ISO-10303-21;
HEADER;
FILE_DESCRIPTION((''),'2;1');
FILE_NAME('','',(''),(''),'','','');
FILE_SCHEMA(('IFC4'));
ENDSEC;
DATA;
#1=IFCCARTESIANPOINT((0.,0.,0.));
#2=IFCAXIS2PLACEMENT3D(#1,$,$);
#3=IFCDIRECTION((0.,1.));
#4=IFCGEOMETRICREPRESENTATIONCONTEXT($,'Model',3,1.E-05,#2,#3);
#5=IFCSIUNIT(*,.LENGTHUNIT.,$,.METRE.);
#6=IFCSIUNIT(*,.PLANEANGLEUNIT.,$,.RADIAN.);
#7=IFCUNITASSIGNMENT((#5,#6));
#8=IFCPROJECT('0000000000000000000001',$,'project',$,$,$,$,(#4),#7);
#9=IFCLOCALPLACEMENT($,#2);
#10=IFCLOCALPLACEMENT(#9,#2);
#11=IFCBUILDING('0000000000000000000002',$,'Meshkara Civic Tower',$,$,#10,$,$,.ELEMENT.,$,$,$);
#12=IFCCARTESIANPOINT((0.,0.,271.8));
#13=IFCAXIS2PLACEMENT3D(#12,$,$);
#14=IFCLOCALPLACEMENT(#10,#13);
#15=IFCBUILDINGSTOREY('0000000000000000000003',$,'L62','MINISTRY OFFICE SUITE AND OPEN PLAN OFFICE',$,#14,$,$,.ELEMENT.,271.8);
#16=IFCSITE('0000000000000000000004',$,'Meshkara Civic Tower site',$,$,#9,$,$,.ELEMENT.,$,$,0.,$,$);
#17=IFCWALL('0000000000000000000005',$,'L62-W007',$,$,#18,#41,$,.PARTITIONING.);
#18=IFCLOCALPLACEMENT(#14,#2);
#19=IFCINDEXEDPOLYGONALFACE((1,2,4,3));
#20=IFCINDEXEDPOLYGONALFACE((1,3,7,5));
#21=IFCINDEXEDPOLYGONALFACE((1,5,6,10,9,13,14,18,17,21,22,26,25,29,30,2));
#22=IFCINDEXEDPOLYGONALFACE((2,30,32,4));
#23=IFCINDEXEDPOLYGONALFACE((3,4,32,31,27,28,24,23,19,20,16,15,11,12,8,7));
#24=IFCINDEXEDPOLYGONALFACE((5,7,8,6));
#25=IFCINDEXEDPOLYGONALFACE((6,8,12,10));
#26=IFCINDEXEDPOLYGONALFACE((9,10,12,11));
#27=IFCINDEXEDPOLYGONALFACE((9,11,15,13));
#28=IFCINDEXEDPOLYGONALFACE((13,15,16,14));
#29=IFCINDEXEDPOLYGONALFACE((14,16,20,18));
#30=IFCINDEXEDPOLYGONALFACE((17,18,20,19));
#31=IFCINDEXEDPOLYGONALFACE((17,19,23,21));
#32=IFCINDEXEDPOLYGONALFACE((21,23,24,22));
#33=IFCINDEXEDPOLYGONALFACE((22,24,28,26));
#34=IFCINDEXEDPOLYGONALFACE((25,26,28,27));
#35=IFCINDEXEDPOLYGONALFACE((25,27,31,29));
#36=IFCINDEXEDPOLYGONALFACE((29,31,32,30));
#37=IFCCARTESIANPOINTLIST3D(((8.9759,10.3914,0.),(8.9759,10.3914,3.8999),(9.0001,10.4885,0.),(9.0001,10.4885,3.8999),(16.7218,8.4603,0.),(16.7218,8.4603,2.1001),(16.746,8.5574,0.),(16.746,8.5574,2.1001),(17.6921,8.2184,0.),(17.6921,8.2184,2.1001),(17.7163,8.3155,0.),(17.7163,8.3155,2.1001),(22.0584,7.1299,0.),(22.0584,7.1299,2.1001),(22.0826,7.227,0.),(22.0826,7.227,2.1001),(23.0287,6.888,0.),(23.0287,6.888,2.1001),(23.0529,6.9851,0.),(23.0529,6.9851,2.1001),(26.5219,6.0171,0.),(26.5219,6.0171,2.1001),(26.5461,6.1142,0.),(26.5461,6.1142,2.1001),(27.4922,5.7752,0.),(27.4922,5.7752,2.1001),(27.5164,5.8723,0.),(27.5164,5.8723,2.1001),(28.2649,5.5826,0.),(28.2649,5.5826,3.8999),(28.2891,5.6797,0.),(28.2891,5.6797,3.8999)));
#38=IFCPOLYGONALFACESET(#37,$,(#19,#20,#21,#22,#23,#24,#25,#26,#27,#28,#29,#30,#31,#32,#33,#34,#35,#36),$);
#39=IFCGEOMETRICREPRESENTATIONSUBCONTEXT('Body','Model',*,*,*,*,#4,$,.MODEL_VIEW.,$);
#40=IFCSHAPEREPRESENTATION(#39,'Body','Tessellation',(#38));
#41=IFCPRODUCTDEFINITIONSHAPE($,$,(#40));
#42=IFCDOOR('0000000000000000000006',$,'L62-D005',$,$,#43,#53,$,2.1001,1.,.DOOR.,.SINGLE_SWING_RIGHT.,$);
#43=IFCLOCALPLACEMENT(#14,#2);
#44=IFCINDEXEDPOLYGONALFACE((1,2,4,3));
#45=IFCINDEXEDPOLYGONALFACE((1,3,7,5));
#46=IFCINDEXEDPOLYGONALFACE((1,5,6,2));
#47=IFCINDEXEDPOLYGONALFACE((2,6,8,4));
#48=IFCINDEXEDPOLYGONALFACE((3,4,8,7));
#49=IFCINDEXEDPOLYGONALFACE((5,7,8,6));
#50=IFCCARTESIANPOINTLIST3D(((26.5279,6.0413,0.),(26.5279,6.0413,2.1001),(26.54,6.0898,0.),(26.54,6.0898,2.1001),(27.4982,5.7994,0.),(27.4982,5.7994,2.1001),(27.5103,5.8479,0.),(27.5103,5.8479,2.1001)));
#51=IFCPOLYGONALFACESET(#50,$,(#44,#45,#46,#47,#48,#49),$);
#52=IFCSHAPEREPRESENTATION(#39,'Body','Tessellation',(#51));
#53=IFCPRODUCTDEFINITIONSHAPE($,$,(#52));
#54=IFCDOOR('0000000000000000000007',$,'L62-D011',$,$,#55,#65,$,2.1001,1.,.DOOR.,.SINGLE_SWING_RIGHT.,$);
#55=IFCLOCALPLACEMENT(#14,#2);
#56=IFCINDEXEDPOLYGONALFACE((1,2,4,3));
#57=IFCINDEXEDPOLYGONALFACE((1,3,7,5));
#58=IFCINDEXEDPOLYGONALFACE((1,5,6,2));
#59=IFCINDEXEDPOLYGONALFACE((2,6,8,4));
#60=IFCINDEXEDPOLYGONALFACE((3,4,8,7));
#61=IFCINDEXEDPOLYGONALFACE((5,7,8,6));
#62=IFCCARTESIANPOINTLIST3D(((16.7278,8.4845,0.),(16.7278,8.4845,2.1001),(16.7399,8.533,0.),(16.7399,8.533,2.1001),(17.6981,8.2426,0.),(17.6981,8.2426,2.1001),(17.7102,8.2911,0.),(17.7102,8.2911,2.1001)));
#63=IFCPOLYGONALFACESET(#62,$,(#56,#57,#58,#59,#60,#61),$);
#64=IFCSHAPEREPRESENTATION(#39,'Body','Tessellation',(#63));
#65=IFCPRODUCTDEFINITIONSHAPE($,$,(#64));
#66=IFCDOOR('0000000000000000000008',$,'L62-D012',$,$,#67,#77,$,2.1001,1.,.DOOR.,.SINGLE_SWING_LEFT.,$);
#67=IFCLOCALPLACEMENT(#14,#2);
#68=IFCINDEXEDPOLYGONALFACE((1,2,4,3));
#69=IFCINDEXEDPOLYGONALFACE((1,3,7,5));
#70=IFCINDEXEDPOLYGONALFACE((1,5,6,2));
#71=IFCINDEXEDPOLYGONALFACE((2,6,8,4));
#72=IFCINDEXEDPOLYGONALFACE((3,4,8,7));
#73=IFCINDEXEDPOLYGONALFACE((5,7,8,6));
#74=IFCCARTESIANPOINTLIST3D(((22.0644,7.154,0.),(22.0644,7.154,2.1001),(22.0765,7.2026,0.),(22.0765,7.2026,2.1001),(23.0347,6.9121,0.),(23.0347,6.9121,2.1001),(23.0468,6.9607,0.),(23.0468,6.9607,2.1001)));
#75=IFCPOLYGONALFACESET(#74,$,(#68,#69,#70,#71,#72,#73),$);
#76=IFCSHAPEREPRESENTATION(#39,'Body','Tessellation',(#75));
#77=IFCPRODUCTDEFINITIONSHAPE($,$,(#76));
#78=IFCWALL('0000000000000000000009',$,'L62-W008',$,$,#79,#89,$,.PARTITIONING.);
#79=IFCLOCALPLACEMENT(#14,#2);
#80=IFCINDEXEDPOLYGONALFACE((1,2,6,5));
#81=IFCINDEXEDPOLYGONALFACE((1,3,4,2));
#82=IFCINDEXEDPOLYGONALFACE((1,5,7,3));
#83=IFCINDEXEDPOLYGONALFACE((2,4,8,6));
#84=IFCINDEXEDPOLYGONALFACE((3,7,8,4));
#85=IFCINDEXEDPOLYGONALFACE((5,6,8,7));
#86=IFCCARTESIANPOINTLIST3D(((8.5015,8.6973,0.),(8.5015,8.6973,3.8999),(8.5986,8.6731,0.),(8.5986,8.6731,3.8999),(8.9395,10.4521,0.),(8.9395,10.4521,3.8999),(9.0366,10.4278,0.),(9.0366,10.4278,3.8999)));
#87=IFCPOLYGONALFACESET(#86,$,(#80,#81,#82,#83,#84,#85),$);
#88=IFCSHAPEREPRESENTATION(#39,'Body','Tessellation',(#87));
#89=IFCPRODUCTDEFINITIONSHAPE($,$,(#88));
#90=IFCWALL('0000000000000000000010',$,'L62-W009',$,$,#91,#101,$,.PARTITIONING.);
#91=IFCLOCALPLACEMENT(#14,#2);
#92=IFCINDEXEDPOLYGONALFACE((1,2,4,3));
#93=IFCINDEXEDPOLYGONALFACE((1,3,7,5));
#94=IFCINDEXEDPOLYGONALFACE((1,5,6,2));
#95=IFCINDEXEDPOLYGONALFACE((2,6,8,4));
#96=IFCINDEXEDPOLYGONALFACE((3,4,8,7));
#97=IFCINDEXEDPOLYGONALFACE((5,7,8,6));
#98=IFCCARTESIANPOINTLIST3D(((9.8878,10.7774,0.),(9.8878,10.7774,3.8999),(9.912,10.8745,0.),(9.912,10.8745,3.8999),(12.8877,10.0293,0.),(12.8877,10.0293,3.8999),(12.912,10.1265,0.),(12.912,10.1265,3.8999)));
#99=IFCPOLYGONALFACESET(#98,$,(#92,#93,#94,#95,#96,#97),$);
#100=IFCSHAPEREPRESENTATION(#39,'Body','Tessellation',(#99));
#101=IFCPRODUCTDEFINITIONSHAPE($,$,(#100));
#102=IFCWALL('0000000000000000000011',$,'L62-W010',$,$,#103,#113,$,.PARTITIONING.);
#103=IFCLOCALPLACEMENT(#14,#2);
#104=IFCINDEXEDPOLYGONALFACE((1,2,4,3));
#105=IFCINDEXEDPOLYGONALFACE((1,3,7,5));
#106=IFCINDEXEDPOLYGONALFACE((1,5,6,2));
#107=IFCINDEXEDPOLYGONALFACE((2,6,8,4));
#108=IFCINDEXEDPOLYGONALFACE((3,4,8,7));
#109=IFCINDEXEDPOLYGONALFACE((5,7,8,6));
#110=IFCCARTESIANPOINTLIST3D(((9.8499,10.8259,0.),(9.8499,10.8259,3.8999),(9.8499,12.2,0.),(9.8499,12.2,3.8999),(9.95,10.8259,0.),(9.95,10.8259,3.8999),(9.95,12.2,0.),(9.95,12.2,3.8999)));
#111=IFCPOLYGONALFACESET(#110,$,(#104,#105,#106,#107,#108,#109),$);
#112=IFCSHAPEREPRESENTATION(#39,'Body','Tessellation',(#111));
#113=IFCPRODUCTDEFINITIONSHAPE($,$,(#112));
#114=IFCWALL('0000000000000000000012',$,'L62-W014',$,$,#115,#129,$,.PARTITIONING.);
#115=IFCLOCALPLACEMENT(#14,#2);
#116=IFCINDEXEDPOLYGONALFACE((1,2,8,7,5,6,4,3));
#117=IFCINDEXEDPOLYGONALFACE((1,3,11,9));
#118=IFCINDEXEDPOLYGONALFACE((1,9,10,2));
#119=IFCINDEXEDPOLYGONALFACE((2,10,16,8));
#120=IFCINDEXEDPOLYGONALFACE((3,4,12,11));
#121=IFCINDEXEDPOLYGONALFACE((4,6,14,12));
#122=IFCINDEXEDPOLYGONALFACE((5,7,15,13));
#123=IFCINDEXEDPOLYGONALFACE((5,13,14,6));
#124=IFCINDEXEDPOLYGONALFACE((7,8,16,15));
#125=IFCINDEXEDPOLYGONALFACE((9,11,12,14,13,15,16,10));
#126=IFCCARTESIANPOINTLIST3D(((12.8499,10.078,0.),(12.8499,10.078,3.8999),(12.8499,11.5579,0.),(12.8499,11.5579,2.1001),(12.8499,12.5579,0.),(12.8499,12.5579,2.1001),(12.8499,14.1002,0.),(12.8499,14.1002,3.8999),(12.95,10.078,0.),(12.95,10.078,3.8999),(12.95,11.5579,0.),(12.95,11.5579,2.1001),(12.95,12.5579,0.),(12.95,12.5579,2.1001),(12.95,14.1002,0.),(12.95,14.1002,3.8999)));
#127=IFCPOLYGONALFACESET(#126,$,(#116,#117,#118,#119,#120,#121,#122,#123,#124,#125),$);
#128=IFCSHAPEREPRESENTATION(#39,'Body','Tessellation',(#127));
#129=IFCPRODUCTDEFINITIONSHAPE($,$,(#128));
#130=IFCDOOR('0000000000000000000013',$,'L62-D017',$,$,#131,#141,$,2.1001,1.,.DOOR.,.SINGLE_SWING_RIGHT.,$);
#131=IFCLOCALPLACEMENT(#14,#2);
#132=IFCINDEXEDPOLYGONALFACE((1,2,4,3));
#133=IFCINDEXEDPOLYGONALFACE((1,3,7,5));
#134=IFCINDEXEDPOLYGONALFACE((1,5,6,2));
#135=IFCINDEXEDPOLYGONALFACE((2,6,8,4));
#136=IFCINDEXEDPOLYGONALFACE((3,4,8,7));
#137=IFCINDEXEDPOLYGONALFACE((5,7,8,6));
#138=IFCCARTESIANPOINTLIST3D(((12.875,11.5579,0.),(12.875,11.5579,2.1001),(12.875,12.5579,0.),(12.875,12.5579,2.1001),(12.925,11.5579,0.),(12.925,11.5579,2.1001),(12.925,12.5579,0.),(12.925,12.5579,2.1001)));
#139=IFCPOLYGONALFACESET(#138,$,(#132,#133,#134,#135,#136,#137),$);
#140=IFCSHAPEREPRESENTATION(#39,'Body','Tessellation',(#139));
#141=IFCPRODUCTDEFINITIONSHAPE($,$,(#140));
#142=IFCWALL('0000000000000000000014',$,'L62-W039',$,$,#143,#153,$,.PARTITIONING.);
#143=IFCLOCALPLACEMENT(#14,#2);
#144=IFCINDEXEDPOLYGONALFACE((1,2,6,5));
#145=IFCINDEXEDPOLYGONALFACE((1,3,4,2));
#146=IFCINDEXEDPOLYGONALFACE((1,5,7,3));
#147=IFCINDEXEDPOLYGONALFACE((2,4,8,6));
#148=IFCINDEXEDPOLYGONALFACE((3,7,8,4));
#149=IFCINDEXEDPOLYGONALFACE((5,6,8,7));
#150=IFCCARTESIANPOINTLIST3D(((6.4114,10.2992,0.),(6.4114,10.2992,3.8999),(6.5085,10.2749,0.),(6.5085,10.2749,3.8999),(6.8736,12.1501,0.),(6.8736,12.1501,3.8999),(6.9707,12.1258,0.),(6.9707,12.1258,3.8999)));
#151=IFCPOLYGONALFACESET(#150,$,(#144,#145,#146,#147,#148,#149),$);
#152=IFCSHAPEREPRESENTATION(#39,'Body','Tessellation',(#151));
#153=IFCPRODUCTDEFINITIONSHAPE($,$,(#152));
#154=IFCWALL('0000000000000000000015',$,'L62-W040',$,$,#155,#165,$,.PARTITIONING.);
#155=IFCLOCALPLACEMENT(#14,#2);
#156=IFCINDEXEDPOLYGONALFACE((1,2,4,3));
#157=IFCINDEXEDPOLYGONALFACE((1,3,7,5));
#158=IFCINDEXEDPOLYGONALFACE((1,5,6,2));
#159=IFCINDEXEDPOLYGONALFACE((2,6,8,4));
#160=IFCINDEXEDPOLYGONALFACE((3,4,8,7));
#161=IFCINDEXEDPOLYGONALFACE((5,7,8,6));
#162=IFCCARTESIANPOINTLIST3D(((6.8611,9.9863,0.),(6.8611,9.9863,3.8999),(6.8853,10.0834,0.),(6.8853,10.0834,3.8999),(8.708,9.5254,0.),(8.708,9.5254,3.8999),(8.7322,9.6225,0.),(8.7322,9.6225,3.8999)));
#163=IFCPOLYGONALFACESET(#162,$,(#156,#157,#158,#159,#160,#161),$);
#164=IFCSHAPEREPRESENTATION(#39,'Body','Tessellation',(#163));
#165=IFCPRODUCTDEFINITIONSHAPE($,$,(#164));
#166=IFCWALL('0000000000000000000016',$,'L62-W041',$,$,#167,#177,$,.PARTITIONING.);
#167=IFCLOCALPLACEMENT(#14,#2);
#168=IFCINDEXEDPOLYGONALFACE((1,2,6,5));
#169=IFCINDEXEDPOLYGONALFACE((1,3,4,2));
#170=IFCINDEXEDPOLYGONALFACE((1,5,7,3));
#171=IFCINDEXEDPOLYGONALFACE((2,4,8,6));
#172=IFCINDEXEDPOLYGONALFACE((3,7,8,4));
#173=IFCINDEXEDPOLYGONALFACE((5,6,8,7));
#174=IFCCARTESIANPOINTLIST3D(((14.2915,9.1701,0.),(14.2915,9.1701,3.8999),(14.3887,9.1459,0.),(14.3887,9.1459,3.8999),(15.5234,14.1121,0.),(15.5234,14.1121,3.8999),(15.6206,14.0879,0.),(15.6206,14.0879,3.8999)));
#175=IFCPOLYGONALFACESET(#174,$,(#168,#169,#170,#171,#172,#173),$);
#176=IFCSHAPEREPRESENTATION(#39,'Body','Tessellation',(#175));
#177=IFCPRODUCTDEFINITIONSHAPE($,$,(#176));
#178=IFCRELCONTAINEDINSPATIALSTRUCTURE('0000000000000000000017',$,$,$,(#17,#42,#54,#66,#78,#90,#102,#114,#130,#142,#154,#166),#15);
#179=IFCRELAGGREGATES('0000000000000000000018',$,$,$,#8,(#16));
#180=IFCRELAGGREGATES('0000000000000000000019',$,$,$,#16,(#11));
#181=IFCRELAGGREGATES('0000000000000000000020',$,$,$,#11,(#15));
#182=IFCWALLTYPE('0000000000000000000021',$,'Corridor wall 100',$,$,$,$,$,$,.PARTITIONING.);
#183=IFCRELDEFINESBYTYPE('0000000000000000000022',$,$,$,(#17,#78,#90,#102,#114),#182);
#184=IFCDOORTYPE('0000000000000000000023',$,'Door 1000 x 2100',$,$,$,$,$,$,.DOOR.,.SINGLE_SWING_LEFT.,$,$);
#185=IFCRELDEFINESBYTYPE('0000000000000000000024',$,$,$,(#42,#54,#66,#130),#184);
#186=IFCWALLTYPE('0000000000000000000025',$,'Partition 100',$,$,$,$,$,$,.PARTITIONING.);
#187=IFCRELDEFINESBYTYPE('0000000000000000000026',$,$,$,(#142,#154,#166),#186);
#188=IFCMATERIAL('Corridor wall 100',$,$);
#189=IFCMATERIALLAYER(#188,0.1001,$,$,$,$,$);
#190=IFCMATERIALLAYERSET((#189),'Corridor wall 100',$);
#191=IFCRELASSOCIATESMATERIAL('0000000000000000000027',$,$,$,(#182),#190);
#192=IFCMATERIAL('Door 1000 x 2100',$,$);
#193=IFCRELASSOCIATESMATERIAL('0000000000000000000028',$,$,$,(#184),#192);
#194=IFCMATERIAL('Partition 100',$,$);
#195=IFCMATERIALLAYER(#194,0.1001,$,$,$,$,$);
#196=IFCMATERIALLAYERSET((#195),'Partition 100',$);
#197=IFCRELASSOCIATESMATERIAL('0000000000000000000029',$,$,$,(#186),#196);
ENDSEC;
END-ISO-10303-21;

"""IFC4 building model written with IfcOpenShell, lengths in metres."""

from ifc_helpers import new_model, si_unit, direction, frame, frame_2d, origin, place, context, subcontext, project, spatial, rectangle, extrude, material, layer, layer_set, type_object, element, fill, save


model = new_model("IFC4")

# Units and contexts
model_context = context("Model", 3, precision=1e-05, world=origin(), true_north=direction((0.0, 1.0)))
body_context = subcontext(model_context, "Body", "Model", "MODEL_VIEW")
ifc_project = project(units=[si_unit("LENGTHUNIT", "METRE"), si_unit("PLANEANGLEUNIT", "RADIAN")], contexts=[model_context])

# Site, building, storey
site_placement = place(None, origin())
site = spatial("IfcSite", under=ifc_project, at=site_placement, Name="Meshkara Civic Tower site", CompositionType="ELEMENT", RefElevation=0.0)
building_placement = place(site_placement, origin())
building = spatial("IfcBuilding", under=site, at=building_placement, Name="Meshkara Civic Tower", CompositionType="ELEMENT")
storey_placement = place(building_placement, frame((0.0, 0.0, 271.8)))
storey = spatial("IfcBuildingStorey", under=building, at=storey_placement, Name="L62", Description="MINISTRY OFFICE SUITE AND OPEN PLAN OFFICE", CompositionType="ELEMENT", Elevation=271.8)

# Wall, openings, doors
ifc_material_1 = material(Name="Corridor wall 100")
ifc_layer_1 = layer(ifc_material_1, 0.1001)
ifc_layer_set_1 = layer_set([ifc_layer_1], Name="Corridor wall 100")
wall_type_1 = type_object("IfcWallType", Name="Corridor wall 100", PredefinedType="PARTITIONING", material=ifc_layer_set_1)
ifc_material_2 = material(Name="Door 1000 x 2100")
door_type_1 = type_object("IfcDoorType", Name="Door 1000 x 2100", OperationType="SINGLE_SWING_LEFT", PredefinedType="DOOR", material=ifc_material_2)
wall_1_placement = place(storey_placement, frame((8.988, 10.4399, 0.0), z_axis=(0.0, 0.0, 1.0), x_axis=(0.970301, -0.2419, 0.0)))
wall_1 = element("IfcWall", 1, at=wall_1_placement, inside=storey, type_object=wall_type_1, Name="L62-W007", PredefinedType="PARTITIONING", context=body_context, shape_type="SweptSolid", body=[
    extrude(rectangle(XDim=19.8794, YDim=0.1001, at=frame_2d((9.9397, 0.0))), origin(), (0.0, 0.0, 1.0), 3.8999),
])
opening_1_placement = place(wall_1_placement, frame((18.083, 0.0, 0.0)))
opening_1 = element("IfcOpeningElement", 2, at=opening_1_placement, cuts=wall_1, PredefinedType="OPENING", context=body_context, shape_type="SweptSolid", body=[
    extrude(rectangle(XDim=1.0, YDim=2.1001, at=frame_2d((0.5, 1.05))), frame((0.0, 0.0601, 0.0), z_axis=(0.0, -1.0, 0.0), x_axis=(1.0, 0.0, 0.0)), (0.0, 0.0, 1.0), 0.1201),
])
opening_2_placement = place(wall_1_placement, frame((7.9829, 0.0, 0.0)))
opening_2 = element("IfcOpeningElement", 3, at=opening_2_placement, cuts=wall_1, PredefinedType="OPENING", context=body_context, shape_type="SweptSolid", body=[
    extrude(rectangle(XDim=1.0, YDim=2.1001, at=frame_2d((0.5, 1.05))), frame((0.0, 0.0601, 0.0), z_axis=(0.0, -1.0, 0.0), x_axis=(1.0, 0.0, 0.0)), (0.0, 0.0, 1.0), 0.1201),
])
opening_3_placement = place(wall_1_placement, frame((13.4829, 0.0, 0.0)))
opening_3 = element("IfcOpeningElement", 4, at=opening_3_placement, cuts=wall_1, PredefinedType="OPENING", context=body_context, shape_type="SweptSolid", body=[
    extrude(rectangle(XDim=1.0, YDim=2.1001, at=frame_2d((0.5, 1.05))), frame((0.0, 0.0601, 0.0), z_axis=(0.0, -1.0, 0.0), x_axis=(1.0, 0.0, 0.0)), (0.0, 0.0, 1.0), 0.1201),
])
door_1_placement = place(opening_1_placement, origin())
door_1 = element("IfcDoor", 5, at=door_1_placement, inside=storey, type_object=door_type_1, Name="L62-D005", OperationType="SINGLE_SWING_RIGHT", OverallHeight=2.1001, OverallWidth=1.0, PredefinedType="DOOR", context=body_context, shape_type="SweptSolid", body=[
    extrude(rectangle(XDim=1.0, YDim=2.1001, at=frame_2d((0.5, 1.05))), frame((0.0, 0.0249, 0.0), z_axis=(0.0, -1.0, 0.0), x_axis=(1.0, 0.0, 0.0)), (0.0, 0.0, 1.0), 0.05),
])
fill(opening_1, door_1)
door_2_placement = place(opening_2_placement, origin())
door_2 = element("IfcDoor", 6, at=door_2_placement, inside=storey, type_object=door_type_1, Name="L62-D011", OperationType="SINGLE_SWING_RIGHT", OverallHeight=2.1001, OverallWidth=1.0, PredefinedType="DOOR", context=body_context, shape_type="SweptSolid", body=[
    extrude(rectangle(XDim=1.0, YDim=2.1001, at=frame_2d((0.5, 1.05))), frame((0.0, 0.0249, 0.0), z_axis=(0.0, -1.0, 0.0), x_axis=(1.0, 0.0, 0.0)), (0.0, 0.0, 1.0), 0.05),
])
fill(opening_2, door_2)
door_3_placement = place(opening_3_placement, origin())
door_3 = element("IfcDoor", 7, at=door_3_placement, inside=storey, type_object=door_type_1, Name="L62-D012", OperationType="SINGLE_SWING_LEFT", OverallHeight=2.1001, OverallWidth=1.0, PredefinedType="DOOR", context=body_context, shape_type="SweptSolid", body=[
    extrude(rectangle(XDim=1.0, YDim=2.1001, at=frame_2d((0.5, 1.05))), frame((0.0, 0.0249, 0.0), z_axis=(0.0, -1.0, 0.0), x_axis=(1.0, 0.0, 0.0)), (0.0, 0.0, 1.0), 0.05),
])
fill(opening_3, door_3)

# Walls
wall_2_placement = place(storey_placement, frame((8.988, 10.4399, 0.0), z_axis=(0.0, 0.0, 1.0), x_axis=(-0.242154, -0.970238, 0.0)))
element("IfcWall", 8, at=wall_2_placement, inside=storey, type_object=wall_type_1, Name="L62-W008", PredefinedType="PARTITIONING", context=body_context, shape_type="SweptSolid", body=[
    extrude(rectangle(XDim=1.8086, YDim=0.1001, at=frame_2d((0.9043, 0.0))), origin(), (0.0, 0.0, 1.0), 3.8999),
])
wall_3_placement = place(storey_placement, frame((9.8999, 10.8259, 0.0), z_axis=(0.0, 0.0, 1.0), x_axis=(0.970291, -0.241941, 0.0)))
element("IfcWall", 9, at=wall_3_placement, inside=storey, type_object=wall_type_1, Name="L62-W009", PredefinedType="PARTITIONING", context=body_context, shape_type="SweptSolid", body=[
    extrude(rectangle(XDim=3.0918, YDim=0.1001, at=frame_2d((1.5459, 0.0))), origin(), (0.0, 0.0, 1.0), 3.8999),
])
wall_4_placement = place(storey_placement, frame((9.8999, 12.2, 0.0), z_axis=(0.0, 0.0, 1.0), x_axis=(0.0, -1.0, 0.0)))
element("IfcWall", 10, at=wall_4_placement, inside=storey, type_object=wall_type_1, Name="L62-W010", PredefinedType="PARTITIONING", context=body_context, shape_type="SweptSolid", body=[
    extrude(rectangle(XDim=1.374, YDim=0.1001, at=frame_2d((0.687, 0.0))), origin(), (0.0, 0.0, 1.0), 3.8999),
])

# Wall, opening, door
wall_5_placement = place(storey_placement, frame((12.8999, 10.0779, 0.0), z_axis=(0.0, 0.0, 1.0), x_axis=(0.0, 1.0, 0.0)))
wall_5 = element("IfcWall", 11, at=wall_5_placement, inside=storey, type_object=wall_type_1, Name="L62-W014", PredefinedType="PARTITIONING", context=body_context, shape_type="SweptSolid", body=[
    extrude(rectangle(XDim=4.0222, YDim=0.1001, at=frame_2d((2.0112, 0.0))), origin(), (0.0, 0.0, 1.0), 3.8999),
])
opening_4_placement = place(wall_5_placement, frame((1.48, 0.0, 0.0)))
opening_4 = element("IfcOpeningElement", 12, at=opening_4_placement, cuts=wall_5, PredefinedType="OPENING", context=body_context, shape_type="SweptSolid", body=[
    extrude(rectangle(XDim=1.0, YDim=2.1001, at=frame_2d((0.5, 1.05))), frame((0.0, 0.0601, 0.0), z_axis=(0.0, -1.0, 0.0), x_axis=(1.0, 0.0, 0.0)), (0.0, 0.0, 1.0), 0.1201),
])
door_4_placement = place(opening_4_placement, origin())
door_4 = element("IfcDoor", 13, at=door_4_placement, inside=storey, type_object=door_type_1, Name="L62-D017", OperationType="SINGLE_SWING_RIGHT", OverallHeight=2.1001, OverallWidth=1.0, PredefinedType="DOOR", context=body_context, shape_type="SweptSolid", body=[
    extrude(rectangle(XDim=1.0, YDim=2.1001, at=frame_2d((0.5, 1.05))), frame((0.0, 0.0249, 0.0), z_axis=(0.0, -1.0, 0.0), x_axis=(1.0, 0.0, 0.0)), (0.0, 0.0, 1.0), 0.05),
])
fill(opening_4, door_4)

# Walls
ifc_material_3 = material(Name="Partition 100")
ifc_layer_2 = layer(ifc_material_3, 0.1001)
ifc_layer_set_2 = layer_set([ifc_layer_2], Name="Partition 100")
wall_type_2 = type_object("IfcWallType", Name="Partition 100", PredefinedType="PARTITIONING", material=ifc_layer_set_2)
wall_6_placement = place(storey_placement, frame((6.9221, 12.1379, 0.0), z_axis=(0.0, 0.0, 1.0), x_axis=(-0.242265, -0.97021, 0.0)))
element("IfcWall", 14, at=wall_6_placement, inside=storey, type_object=wall_type_2, Name="L62-W039", PredefinedType="PARTITIONING", context=body_context, shape_type="SweptSolid", body=[
    extrude(rectangle(XDim=1.9077, YDim=0.1001, at=frame_2d((0.9539, 0.0))), origin(), (0.0, 0.0, 1.0), 3.8999),
])
wall_7_placement = place(storey_placement, frame((8.72, 9.574, 0.0), z_axis=(0.0, 0.0, 1.0), x_axis=(-0.97024, 0.242143, 0.0)))
element("IfcWall", 15, at=wall_7_placement, inside=storey, type_object=wall_type_2, Name="L62-W040", PredefinedType="PARTITIONING", context=body_context, shape_type="SweptSolid", body=[
    extrude(rectangle(XDim=1.9036, YDim=0.1001, at=frame_2d((0.9517, 0.0))), origin(), (0.0, 0.0, 1.0), 3.8999),
])
wall_8_placement = place(storey_placement, frame((14.3401, 9.158, 0.0), z_axis=(0.0, 0.0, 1.0), x_axis=(0.24187, 0.970309, 0.0)))
element("IfcWall", 16, at=wall_8_placement, inside=storey, type_object=wall_type_2, Name="L62-W041", PredefinedType="PARTITIONING", context=body_context, shape_type="SweptSolid", body=[
    extrude(rectangle(XDim=5.0933, YDim=0.1001, at=frame_2d((2.5466, 0.0))), origin(), (0.0, 0.0, 1.0), 3.8999),
])

save(model, "model.ifc")
